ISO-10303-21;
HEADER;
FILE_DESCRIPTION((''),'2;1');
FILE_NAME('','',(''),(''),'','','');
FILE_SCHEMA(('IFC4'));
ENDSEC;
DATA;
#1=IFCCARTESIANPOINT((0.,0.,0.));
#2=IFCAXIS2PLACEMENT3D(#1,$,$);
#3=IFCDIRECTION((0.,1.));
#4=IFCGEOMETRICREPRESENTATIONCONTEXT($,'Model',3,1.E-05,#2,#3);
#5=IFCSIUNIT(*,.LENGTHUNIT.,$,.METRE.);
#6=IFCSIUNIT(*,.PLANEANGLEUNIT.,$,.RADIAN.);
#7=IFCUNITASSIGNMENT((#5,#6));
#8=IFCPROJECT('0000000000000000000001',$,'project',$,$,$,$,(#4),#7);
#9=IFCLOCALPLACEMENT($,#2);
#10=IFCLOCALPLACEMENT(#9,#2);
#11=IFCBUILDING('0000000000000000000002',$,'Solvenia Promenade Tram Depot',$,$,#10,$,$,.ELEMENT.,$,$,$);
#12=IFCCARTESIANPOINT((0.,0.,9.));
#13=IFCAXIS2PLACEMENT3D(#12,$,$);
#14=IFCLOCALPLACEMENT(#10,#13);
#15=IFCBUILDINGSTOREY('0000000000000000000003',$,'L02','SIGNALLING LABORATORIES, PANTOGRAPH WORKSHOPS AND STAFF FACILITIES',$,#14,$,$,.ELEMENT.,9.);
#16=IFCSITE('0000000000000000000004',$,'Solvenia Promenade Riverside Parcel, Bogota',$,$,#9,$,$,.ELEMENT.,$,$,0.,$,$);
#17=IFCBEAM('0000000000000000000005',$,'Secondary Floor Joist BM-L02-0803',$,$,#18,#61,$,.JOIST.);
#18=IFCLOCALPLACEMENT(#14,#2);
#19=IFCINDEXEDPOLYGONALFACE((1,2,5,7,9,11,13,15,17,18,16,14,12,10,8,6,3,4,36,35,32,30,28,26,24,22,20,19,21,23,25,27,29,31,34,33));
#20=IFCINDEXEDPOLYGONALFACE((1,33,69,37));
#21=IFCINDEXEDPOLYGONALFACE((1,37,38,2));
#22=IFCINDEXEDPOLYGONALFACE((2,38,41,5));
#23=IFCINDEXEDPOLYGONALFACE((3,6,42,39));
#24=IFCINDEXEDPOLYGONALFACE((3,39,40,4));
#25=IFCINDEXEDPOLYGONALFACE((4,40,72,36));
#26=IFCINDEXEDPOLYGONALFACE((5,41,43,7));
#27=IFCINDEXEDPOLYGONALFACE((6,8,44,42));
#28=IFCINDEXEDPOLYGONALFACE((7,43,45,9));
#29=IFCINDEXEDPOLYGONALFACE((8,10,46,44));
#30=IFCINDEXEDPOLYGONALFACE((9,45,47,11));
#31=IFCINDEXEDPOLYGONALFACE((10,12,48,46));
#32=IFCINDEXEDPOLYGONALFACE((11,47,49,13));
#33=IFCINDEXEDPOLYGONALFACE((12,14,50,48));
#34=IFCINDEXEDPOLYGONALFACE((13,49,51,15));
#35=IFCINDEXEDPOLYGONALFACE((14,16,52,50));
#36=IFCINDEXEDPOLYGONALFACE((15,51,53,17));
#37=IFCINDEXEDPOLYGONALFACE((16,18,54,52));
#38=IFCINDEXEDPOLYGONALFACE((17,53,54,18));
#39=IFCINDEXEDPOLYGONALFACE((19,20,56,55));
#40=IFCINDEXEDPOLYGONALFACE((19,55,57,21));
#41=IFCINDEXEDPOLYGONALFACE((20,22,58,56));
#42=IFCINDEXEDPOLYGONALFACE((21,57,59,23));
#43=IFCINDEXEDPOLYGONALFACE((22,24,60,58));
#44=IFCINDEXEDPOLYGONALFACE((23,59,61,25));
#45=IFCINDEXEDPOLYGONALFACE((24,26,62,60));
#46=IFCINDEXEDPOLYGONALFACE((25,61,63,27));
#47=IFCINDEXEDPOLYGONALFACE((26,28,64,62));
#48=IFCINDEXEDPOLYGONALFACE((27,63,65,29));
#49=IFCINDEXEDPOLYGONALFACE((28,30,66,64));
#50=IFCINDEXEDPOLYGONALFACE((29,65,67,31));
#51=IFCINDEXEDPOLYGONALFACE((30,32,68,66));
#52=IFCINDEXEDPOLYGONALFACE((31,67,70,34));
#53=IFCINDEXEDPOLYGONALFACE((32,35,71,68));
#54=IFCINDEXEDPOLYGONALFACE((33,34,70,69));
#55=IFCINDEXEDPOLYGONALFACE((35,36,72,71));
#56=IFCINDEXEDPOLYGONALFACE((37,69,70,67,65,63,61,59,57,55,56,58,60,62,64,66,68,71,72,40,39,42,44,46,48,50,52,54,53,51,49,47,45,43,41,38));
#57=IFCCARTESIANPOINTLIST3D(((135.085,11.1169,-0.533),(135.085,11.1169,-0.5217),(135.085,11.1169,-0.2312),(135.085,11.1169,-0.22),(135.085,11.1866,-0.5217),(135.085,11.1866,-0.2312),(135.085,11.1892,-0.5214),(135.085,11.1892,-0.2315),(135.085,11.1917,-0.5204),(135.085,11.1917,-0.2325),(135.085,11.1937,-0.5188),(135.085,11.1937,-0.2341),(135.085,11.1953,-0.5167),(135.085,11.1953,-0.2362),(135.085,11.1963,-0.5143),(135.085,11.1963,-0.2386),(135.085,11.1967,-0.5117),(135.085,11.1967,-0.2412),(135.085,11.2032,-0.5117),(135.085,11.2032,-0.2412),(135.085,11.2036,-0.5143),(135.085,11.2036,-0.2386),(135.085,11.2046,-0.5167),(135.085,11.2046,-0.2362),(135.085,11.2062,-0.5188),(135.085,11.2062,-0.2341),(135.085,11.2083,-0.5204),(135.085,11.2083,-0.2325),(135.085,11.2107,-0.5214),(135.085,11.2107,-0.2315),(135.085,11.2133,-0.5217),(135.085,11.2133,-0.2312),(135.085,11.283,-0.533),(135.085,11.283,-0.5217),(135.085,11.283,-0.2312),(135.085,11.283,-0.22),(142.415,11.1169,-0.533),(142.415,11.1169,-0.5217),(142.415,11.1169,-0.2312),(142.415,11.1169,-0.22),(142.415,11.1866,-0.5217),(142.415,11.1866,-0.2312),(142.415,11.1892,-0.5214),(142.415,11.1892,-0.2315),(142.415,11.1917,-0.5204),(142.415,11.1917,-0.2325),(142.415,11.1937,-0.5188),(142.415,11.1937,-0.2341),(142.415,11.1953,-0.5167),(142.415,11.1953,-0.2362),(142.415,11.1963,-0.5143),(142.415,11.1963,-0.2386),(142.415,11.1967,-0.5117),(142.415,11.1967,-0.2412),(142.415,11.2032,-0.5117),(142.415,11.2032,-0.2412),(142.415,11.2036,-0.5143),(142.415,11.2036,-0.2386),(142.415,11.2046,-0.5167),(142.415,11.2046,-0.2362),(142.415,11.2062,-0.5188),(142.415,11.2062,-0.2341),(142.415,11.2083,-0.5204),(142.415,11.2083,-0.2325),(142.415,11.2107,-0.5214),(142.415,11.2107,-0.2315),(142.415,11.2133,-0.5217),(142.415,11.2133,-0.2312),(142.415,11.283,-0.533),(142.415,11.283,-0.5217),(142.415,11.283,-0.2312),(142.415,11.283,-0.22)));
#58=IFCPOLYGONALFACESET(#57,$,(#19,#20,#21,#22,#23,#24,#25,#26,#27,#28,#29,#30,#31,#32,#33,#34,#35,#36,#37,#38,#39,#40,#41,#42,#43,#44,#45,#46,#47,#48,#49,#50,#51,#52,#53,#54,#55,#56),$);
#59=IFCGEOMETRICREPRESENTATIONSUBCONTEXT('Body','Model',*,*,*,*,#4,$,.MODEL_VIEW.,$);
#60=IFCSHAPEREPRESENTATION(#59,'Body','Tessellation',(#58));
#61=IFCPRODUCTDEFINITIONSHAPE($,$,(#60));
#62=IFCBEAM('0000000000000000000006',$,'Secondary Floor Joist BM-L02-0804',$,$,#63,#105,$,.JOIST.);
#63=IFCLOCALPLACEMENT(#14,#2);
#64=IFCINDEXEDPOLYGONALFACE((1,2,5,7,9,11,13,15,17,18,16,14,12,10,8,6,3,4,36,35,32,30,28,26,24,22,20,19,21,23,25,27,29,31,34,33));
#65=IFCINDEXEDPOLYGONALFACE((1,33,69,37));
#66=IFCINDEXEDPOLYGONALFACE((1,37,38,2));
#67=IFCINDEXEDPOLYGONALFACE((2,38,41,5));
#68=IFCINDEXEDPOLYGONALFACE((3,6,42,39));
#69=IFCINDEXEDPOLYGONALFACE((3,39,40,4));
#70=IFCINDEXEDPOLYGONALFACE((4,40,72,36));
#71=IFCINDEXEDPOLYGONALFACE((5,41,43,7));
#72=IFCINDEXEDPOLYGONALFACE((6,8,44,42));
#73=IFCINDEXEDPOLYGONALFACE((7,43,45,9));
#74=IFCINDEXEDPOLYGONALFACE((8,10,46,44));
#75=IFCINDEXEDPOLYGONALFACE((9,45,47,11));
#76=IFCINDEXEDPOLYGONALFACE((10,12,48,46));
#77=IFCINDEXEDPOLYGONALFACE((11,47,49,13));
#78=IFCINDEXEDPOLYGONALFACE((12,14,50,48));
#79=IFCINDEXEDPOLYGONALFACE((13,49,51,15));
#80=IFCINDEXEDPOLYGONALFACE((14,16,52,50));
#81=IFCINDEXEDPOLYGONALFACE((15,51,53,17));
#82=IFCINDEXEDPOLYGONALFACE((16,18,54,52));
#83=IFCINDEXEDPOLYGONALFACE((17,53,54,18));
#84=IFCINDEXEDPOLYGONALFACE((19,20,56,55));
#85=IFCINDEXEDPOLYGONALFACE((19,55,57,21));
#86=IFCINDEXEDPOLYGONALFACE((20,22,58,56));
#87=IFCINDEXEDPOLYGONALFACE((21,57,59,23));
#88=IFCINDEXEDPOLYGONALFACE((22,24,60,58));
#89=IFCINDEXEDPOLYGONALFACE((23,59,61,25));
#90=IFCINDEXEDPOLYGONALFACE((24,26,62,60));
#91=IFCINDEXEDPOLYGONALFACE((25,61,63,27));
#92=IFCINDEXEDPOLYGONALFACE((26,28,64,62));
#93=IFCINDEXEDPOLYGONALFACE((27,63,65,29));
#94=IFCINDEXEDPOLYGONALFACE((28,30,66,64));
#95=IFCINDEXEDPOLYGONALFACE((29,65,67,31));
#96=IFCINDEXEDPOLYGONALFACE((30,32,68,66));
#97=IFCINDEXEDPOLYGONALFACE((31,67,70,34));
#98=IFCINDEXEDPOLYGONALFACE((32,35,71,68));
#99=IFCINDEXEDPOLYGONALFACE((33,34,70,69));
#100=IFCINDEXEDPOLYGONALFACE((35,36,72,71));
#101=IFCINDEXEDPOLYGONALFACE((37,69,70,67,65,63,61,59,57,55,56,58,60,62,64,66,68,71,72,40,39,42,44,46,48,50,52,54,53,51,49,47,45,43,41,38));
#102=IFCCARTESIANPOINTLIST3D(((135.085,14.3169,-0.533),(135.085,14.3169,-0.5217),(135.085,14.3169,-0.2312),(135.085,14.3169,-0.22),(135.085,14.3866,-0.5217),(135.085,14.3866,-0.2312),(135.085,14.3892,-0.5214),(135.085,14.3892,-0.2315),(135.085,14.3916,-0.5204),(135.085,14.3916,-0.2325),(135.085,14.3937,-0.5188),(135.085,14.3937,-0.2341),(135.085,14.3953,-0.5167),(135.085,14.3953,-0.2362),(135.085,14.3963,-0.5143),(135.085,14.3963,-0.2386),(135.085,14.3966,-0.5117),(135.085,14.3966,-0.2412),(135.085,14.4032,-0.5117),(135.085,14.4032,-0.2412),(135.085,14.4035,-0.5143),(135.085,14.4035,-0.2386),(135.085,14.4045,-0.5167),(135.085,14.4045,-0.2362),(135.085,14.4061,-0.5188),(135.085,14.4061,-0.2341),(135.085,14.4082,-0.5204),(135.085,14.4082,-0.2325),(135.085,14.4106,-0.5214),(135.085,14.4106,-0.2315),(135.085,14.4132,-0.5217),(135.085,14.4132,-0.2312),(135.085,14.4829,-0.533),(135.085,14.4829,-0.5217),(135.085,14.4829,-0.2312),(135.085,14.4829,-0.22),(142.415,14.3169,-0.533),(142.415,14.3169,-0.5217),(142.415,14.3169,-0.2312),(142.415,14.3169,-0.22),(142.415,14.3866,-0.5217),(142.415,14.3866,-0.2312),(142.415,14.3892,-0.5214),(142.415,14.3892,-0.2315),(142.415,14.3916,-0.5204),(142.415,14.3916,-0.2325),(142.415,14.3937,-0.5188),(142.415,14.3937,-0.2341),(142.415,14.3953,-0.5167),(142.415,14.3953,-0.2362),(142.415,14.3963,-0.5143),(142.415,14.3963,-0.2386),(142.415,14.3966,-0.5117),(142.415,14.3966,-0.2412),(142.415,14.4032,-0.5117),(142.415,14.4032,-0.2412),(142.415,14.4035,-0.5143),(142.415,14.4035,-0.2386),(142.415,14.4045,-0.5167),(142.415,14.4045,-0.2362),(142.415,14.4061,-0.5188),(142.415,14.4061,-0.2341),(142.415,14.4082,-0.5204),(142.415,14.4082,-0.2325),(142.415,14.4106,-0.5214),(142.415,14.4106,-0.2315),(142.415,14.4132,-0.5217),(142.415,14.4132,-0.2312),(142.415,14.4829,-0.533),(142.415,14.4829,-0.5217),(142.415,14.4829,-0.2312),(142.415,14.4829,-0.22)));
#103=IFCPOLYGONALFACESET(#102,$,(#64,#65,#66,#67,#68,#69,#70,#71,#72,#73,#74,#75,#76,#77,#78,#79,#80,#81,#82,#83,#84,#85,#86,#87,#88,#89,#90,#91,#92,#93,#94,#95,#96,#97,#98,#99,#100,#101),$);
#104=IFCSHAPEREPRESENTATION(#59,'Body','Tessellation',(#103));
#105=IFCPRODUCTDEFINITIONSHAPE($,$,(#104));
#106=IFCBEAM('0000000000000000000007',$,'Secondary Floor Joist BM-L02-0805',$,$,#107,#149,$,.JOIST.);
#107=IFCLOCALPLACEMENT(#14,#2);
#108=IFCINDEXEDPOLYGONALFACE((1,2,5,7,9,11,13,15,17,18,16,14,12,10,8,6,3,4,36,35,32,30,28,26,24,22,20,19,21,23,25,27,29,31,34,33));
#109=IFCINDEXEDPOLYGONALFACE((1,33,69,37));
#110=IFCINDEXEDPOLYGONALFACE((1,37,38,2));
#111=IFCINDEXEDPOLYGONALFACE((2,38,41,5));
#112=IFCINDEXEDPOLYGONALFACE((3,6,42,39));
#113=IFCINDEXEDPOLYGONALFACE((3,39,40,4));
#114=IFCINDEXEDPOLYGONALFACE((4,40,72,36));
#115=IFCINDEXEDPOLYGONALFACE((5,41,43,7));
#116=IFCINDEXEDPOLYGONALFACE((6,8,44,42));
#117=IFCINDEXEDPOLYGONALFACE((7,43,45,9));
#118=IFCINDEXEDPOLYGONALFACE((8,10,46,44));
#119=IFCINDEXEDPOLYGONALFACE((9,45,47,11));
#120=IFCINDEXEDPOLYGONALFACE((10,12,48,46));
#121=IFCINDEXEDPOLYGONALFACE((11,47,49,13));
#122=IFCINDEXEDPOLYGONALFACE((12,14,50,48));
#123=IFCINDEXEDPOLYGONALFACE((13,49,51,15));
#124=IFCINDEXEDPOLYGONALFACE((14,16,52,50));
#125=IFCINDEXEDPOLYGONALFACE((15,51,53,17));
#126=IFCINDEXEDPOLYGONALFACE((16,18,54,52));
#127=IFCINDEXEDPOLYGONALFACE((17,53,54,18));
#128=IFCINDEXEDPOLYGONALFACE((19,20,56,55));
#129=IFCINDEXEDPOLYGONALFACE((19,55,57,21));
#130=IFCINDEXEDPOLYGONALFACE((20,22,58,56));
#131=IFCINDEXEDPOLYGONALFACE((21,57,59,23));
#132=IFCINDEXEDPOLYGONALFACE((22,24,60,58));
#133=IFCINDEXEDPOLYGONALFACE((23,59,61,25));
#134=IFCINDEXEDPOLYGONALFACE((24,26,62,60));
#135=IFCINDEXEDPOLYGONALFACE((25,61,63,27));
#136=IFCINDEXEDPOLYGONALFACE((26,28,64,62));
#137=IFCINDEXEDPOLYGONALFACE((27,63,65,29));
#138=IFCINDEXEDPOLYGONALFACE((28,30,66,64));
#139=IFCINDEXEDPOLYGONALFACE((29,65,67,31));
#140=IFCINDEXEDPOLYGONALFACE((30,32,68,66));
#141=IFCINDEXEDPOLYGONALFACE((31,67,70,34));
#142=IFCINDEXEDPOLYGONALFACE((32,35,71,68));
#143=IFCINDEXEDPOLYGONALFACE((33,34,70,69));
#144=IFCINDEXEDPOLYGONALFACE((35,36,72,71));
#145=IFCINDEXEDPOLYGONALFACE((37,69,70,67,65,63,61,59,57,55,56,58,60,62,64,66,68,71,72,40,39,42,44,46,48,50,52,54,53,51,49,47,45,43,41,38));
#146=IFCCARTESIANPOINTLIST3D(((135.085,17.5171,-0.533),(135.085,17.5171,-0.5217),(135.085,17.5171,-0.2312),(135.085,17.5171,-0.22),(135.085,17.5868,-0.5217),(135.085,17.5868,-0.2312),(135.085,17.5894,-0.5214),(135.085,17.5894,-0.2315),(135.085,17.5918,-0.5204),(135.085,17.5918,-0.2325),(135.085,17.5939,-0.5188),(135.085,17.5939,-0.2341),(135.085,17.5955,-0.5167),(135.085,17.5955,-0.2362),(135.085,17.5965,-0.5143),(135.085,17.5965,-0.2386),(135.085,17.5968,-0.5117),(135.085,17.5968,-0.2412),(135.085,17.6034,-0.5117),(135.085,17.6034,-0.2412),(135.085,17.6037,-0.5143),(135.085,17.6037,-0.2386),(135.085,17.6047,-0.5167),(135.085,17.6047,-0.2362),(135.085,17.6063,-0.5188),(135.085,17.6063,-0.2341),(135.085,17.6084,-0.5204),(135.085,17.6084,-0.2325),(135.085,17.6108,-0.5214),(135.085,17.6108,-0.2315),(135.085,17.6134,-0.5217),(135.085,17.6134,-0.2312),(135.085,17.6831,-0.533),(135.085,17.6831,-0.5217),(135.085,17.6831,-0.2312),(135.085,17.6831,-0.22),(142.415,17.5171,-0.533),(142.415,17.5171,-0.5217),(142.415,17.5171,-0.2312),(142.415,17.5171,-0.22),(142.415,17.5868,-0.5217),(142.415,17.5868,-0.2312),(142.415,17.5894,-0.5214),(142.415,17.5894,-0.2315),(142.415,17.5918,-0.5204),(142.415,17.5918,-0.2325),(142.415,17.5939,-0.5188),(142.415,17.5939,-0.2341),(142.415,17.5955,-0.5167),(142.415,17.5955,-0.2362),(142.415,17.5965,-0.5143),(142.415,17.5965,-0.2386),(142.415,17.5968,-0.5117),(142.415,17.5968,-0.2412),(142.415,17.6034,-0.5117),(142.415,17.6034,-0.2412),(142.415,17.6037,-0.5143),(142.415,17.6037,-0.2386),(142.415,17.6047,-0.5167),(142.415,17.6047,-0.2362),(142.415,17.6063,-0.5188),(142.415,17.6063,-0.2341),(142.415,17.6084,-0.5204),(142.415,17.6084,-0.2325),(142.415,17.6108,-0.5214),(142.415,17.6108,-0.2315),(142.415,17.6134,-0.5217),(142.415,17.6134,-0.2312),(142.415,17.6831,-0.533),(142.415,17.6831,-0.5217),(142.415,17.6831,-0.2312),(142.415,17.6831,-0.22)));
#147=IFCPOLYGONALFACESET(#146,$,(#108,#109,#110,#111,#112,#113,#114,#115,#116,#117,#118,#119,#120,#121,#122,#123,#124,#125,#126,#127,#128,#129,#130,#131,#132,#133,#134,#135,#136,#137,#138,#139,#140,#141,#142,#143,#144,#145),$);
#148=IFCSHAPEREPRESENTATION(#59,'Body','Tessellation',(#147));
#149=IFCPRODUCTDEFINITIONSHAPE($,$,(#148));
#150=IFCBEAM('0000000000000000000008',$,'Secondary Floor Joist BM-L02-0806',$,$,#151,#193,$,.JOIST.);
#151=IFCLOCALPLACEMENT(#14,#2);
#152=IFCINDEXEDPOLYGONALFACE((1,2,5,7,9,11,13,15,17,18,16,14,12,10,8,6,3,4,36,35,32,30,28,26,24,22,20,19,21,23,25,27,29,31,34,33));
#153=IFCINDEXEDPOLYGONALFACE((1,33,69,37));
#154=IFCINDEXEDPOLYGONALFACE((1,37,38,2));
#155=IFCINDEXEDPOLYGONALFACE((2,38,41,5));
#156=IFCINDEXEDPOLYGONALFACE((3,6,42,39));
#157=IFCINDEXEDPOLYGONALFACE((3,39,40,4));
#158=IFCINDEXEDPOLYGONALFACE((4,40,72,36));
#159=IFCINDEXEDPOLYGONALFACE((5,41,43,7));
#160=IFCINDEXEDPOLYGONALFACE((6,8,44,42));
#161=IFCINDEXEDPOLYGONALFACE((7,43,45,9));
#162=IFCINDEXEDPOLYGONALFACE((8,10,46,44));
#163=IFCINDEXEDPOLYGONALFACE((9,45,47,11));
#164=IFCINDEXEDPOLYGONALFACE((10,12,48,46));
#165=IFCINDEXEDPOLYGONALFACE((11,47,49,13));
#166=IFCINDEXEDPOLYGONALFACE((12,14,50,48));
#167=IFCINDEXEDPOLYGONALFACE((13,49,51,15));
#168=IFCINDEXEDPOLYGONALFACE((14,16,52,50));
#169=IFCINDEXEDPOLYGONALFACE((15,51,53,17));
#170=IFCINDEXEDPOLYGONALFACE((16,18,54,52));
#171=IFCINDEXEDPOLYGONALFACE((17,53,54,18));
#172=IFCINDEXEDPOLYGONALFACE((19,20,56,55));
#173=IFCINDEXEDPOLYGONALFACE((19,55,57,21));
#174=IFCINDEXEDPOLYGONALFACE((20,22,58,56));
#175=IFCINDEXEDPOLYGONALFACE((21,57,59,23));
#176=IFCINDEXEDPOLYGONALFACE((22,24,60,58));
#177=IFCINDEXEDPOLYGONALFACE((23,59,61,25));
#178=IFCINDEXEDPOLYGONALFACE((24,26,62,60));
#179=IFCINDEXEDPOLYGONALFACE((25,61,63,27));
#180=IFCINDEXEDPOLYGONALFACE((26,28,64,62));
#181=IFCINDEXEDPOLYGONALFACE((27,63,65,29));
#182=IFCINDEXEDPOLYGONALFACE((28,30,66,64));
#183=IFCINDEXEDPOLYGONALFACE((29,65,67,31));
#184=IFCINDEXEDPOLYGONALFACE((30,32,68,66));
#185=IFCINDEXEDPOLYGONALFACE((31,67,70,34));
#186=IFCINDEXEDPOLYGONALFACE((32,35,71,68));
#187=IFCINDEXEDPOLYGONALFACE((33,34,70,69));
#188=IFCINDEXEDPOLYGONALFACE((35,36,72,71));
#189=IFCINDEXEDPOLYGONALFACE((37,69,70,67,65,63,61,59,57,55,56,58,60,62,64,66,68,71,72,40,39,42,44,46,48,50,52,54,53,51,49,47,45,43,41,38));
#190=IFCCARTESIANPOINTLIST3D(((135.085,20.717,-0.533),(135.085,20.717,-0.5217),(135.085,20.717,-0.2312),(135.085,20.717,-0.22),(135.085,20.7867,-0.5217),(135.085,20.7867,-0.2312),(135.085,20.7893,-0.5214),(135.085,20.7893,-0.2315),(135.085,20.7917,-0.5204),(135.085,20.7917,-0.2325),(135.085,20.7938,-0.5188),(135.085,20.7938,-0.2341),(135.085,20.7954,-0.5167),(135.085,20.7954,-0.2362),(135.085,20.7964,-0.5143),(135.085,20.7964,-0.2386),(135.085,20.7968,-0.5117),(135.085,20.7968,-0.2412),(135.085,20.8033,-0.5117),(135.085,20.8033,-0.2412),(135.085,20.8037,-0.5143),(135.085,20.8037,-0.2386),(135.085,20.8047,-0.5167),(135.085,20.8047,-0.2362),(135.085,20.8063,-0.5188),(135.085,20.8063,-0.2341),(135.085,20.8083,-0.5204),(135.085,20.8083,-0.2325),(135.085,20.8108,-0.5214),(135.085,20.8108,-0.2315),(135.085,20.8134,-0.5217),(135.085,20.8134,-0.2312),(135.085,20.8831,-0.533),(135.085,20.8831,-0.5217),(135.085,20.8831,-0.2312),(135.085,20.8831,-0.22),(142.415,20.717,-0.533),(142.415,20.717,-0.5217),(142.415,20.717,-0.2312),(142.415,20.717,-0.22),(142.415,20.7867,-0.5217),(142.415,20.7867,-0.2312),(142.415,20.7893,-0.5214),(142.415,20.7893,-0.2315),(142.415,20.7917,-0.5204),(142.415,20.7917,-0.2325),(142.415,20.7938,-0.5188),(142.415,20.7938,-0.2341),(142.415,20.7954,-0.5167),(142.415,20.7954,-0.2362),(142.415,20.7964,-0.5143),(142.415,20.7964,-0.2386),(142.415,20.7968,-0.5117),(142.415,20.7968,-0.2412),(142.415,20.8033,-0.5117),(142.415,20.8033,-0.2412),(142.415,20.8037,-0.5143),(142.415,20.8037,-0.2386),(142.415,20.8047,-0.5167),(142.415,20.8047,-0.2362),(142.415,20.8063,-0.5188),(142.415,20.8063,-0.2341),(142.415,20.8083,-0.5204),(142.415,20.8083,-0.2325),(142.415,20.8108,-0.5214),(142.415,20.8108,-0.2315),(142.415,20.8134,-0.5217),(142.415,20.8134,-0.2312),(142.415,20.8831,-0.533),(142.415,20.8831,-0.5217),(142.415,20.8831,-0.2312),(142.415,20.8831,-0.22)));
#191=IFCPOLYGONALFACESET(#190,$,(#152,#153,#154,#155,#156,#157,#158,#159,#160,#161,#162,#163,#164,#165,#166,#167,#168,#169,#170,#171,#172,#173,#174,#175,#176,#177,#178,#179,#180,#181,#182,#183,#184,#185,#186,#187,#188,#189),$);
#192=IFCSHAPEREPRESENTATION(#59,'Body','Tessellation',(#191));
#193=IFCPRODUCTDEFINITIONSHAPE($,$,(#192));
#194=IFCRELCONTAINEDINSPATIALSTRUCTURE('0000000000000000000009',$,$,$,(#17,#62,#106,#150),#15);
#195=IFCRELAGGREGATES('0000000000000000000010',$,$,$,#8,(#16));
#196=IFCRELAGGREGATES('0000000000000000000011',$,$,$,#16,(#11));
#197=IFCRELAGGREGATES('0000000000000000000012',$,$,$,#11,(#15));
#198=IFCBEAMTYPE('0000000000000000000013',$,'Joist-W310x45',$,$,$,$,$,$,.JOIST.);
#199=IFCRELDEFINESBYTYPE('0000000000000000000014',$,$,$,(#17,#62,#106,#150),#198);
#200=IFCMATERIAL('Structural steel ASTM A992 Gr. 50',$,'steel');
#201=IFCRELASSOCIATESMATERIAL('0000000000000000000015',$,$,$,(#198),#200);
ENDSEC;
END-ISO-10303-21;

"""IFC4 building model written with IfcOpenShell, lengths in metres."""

from ifc_helpers import new_model, si_unit, direction, frame, origin, origin_2d, place, context, subcontext, project, spatial, i_section, extrude, material, material_profile, profile_set, type_object, element, save


model = new_model("IFC4")

# Units and contexts
model_context = context("Model", 3, precision=1e-05, world=origin(), true_north=direction((0.0, 1.0)))
body_context = subcontext(model_context, "Body", "Model", "MODEL_VIEW")
ifc_project = project(units=[si_unit("LENGTHUNIT", "METRE"), si_unit("PLANEANGLEUNIT", "RADIAN")], contexts=[model_context])

# Site, building, storey
site_placement = place(None, origin())
site = spatial("IfcSite", under=ifc_project, at=site_placement, Name="Solvenia Promenade Riverside Parcel, Bogota", CompositionType="ELEMENT", RefElevation=0.0)
building_placement = place(site_placement, origin())
building = spatial("IfcBuilding", under=site, at=building_placement, Name="Solvenia Promenade Tram Depot", CompositionType="ELEMENT")
storey_placement = place(building_placement, frame((0.0, 0.0, 9.0)))
storey = spatial("IfcBuildingStorey", under=building, at=storey_placement, Name="L02", Description="SIGNALLING LABORATORIES, PANTOGRAPH WORKSHOPS AND STAFF FACILITIES", CompositionType="ELEMENT", Elevation=9.0)

# Shared definitions
ifc_material_1 = material(Name="Structural steel ASTM A992 Gr. 50", Category="steel")

# Beams
ifc_material_profile_1 = material_profile(ifc_material_1, i_section(OverallWidth=0.166, OverallDepth=0.313, WebThickness=0.0066, FlangeThickness=0.0112, FilletRadius=0.01, at=origin_2d()), Name="W310x45", Category="steel")
ifc_profile_set_1 = profile_set([ifc_material_profile_1], Name="Structural steel ASTM A992 Gr. 50")
beam_type_1 = type_object("IfcBeamType", Name="Joist-W310x45", PredefinedType="JOIST", material=ifc_profile_set_1)
for number, where, z_axis, x_axis, name in (
    (1, (135.085, 11.2, -0.3765), (1.0, 0.0, 0.0), (0.0, 1.0, 0.0), "Secondary Floor Joist BM-L02-0803"),
    (2, (135.085, 14.3999, -0.3765), (1.0, 0.0, 0.0), (0.0, 1.0, 0.0), "Secondary Floor Joist BM-L02-0804"),
    (3, (135.085, 17.6001, -0.3765), (1.0, 0.0, 0.0), (0.0, 1.0, 0.0), "Secondary Floor Joist BM-L02-0805"),
    (4, (135.085, 20.8, -0.3765), (1.0, 0.0, 0.0), (0.0, 1.0, 0.0), "Secondary Floor Joist BM-L02-0806"),
):
    element("IfcBeam", number, at=place(storey_placement, frame(where, z_axis=z_axis, x_axis=x_axis)), inside=storey, type_object=beam_type_1, Name=name, PredefinedType="JOIST", context=body_context, shape_type="SweptSolid", body=[
        extrude(i_section(OverallWidth=0.166, OverallDepth=0.313, WebThickness=0.0066, FlangeThickness=0.0112, FilletRadius=0.01, at=origin_2d()), origin(), (0.0, 0.0, 1.0), 7.3301),
    ])

save(model, "model.ifc")
